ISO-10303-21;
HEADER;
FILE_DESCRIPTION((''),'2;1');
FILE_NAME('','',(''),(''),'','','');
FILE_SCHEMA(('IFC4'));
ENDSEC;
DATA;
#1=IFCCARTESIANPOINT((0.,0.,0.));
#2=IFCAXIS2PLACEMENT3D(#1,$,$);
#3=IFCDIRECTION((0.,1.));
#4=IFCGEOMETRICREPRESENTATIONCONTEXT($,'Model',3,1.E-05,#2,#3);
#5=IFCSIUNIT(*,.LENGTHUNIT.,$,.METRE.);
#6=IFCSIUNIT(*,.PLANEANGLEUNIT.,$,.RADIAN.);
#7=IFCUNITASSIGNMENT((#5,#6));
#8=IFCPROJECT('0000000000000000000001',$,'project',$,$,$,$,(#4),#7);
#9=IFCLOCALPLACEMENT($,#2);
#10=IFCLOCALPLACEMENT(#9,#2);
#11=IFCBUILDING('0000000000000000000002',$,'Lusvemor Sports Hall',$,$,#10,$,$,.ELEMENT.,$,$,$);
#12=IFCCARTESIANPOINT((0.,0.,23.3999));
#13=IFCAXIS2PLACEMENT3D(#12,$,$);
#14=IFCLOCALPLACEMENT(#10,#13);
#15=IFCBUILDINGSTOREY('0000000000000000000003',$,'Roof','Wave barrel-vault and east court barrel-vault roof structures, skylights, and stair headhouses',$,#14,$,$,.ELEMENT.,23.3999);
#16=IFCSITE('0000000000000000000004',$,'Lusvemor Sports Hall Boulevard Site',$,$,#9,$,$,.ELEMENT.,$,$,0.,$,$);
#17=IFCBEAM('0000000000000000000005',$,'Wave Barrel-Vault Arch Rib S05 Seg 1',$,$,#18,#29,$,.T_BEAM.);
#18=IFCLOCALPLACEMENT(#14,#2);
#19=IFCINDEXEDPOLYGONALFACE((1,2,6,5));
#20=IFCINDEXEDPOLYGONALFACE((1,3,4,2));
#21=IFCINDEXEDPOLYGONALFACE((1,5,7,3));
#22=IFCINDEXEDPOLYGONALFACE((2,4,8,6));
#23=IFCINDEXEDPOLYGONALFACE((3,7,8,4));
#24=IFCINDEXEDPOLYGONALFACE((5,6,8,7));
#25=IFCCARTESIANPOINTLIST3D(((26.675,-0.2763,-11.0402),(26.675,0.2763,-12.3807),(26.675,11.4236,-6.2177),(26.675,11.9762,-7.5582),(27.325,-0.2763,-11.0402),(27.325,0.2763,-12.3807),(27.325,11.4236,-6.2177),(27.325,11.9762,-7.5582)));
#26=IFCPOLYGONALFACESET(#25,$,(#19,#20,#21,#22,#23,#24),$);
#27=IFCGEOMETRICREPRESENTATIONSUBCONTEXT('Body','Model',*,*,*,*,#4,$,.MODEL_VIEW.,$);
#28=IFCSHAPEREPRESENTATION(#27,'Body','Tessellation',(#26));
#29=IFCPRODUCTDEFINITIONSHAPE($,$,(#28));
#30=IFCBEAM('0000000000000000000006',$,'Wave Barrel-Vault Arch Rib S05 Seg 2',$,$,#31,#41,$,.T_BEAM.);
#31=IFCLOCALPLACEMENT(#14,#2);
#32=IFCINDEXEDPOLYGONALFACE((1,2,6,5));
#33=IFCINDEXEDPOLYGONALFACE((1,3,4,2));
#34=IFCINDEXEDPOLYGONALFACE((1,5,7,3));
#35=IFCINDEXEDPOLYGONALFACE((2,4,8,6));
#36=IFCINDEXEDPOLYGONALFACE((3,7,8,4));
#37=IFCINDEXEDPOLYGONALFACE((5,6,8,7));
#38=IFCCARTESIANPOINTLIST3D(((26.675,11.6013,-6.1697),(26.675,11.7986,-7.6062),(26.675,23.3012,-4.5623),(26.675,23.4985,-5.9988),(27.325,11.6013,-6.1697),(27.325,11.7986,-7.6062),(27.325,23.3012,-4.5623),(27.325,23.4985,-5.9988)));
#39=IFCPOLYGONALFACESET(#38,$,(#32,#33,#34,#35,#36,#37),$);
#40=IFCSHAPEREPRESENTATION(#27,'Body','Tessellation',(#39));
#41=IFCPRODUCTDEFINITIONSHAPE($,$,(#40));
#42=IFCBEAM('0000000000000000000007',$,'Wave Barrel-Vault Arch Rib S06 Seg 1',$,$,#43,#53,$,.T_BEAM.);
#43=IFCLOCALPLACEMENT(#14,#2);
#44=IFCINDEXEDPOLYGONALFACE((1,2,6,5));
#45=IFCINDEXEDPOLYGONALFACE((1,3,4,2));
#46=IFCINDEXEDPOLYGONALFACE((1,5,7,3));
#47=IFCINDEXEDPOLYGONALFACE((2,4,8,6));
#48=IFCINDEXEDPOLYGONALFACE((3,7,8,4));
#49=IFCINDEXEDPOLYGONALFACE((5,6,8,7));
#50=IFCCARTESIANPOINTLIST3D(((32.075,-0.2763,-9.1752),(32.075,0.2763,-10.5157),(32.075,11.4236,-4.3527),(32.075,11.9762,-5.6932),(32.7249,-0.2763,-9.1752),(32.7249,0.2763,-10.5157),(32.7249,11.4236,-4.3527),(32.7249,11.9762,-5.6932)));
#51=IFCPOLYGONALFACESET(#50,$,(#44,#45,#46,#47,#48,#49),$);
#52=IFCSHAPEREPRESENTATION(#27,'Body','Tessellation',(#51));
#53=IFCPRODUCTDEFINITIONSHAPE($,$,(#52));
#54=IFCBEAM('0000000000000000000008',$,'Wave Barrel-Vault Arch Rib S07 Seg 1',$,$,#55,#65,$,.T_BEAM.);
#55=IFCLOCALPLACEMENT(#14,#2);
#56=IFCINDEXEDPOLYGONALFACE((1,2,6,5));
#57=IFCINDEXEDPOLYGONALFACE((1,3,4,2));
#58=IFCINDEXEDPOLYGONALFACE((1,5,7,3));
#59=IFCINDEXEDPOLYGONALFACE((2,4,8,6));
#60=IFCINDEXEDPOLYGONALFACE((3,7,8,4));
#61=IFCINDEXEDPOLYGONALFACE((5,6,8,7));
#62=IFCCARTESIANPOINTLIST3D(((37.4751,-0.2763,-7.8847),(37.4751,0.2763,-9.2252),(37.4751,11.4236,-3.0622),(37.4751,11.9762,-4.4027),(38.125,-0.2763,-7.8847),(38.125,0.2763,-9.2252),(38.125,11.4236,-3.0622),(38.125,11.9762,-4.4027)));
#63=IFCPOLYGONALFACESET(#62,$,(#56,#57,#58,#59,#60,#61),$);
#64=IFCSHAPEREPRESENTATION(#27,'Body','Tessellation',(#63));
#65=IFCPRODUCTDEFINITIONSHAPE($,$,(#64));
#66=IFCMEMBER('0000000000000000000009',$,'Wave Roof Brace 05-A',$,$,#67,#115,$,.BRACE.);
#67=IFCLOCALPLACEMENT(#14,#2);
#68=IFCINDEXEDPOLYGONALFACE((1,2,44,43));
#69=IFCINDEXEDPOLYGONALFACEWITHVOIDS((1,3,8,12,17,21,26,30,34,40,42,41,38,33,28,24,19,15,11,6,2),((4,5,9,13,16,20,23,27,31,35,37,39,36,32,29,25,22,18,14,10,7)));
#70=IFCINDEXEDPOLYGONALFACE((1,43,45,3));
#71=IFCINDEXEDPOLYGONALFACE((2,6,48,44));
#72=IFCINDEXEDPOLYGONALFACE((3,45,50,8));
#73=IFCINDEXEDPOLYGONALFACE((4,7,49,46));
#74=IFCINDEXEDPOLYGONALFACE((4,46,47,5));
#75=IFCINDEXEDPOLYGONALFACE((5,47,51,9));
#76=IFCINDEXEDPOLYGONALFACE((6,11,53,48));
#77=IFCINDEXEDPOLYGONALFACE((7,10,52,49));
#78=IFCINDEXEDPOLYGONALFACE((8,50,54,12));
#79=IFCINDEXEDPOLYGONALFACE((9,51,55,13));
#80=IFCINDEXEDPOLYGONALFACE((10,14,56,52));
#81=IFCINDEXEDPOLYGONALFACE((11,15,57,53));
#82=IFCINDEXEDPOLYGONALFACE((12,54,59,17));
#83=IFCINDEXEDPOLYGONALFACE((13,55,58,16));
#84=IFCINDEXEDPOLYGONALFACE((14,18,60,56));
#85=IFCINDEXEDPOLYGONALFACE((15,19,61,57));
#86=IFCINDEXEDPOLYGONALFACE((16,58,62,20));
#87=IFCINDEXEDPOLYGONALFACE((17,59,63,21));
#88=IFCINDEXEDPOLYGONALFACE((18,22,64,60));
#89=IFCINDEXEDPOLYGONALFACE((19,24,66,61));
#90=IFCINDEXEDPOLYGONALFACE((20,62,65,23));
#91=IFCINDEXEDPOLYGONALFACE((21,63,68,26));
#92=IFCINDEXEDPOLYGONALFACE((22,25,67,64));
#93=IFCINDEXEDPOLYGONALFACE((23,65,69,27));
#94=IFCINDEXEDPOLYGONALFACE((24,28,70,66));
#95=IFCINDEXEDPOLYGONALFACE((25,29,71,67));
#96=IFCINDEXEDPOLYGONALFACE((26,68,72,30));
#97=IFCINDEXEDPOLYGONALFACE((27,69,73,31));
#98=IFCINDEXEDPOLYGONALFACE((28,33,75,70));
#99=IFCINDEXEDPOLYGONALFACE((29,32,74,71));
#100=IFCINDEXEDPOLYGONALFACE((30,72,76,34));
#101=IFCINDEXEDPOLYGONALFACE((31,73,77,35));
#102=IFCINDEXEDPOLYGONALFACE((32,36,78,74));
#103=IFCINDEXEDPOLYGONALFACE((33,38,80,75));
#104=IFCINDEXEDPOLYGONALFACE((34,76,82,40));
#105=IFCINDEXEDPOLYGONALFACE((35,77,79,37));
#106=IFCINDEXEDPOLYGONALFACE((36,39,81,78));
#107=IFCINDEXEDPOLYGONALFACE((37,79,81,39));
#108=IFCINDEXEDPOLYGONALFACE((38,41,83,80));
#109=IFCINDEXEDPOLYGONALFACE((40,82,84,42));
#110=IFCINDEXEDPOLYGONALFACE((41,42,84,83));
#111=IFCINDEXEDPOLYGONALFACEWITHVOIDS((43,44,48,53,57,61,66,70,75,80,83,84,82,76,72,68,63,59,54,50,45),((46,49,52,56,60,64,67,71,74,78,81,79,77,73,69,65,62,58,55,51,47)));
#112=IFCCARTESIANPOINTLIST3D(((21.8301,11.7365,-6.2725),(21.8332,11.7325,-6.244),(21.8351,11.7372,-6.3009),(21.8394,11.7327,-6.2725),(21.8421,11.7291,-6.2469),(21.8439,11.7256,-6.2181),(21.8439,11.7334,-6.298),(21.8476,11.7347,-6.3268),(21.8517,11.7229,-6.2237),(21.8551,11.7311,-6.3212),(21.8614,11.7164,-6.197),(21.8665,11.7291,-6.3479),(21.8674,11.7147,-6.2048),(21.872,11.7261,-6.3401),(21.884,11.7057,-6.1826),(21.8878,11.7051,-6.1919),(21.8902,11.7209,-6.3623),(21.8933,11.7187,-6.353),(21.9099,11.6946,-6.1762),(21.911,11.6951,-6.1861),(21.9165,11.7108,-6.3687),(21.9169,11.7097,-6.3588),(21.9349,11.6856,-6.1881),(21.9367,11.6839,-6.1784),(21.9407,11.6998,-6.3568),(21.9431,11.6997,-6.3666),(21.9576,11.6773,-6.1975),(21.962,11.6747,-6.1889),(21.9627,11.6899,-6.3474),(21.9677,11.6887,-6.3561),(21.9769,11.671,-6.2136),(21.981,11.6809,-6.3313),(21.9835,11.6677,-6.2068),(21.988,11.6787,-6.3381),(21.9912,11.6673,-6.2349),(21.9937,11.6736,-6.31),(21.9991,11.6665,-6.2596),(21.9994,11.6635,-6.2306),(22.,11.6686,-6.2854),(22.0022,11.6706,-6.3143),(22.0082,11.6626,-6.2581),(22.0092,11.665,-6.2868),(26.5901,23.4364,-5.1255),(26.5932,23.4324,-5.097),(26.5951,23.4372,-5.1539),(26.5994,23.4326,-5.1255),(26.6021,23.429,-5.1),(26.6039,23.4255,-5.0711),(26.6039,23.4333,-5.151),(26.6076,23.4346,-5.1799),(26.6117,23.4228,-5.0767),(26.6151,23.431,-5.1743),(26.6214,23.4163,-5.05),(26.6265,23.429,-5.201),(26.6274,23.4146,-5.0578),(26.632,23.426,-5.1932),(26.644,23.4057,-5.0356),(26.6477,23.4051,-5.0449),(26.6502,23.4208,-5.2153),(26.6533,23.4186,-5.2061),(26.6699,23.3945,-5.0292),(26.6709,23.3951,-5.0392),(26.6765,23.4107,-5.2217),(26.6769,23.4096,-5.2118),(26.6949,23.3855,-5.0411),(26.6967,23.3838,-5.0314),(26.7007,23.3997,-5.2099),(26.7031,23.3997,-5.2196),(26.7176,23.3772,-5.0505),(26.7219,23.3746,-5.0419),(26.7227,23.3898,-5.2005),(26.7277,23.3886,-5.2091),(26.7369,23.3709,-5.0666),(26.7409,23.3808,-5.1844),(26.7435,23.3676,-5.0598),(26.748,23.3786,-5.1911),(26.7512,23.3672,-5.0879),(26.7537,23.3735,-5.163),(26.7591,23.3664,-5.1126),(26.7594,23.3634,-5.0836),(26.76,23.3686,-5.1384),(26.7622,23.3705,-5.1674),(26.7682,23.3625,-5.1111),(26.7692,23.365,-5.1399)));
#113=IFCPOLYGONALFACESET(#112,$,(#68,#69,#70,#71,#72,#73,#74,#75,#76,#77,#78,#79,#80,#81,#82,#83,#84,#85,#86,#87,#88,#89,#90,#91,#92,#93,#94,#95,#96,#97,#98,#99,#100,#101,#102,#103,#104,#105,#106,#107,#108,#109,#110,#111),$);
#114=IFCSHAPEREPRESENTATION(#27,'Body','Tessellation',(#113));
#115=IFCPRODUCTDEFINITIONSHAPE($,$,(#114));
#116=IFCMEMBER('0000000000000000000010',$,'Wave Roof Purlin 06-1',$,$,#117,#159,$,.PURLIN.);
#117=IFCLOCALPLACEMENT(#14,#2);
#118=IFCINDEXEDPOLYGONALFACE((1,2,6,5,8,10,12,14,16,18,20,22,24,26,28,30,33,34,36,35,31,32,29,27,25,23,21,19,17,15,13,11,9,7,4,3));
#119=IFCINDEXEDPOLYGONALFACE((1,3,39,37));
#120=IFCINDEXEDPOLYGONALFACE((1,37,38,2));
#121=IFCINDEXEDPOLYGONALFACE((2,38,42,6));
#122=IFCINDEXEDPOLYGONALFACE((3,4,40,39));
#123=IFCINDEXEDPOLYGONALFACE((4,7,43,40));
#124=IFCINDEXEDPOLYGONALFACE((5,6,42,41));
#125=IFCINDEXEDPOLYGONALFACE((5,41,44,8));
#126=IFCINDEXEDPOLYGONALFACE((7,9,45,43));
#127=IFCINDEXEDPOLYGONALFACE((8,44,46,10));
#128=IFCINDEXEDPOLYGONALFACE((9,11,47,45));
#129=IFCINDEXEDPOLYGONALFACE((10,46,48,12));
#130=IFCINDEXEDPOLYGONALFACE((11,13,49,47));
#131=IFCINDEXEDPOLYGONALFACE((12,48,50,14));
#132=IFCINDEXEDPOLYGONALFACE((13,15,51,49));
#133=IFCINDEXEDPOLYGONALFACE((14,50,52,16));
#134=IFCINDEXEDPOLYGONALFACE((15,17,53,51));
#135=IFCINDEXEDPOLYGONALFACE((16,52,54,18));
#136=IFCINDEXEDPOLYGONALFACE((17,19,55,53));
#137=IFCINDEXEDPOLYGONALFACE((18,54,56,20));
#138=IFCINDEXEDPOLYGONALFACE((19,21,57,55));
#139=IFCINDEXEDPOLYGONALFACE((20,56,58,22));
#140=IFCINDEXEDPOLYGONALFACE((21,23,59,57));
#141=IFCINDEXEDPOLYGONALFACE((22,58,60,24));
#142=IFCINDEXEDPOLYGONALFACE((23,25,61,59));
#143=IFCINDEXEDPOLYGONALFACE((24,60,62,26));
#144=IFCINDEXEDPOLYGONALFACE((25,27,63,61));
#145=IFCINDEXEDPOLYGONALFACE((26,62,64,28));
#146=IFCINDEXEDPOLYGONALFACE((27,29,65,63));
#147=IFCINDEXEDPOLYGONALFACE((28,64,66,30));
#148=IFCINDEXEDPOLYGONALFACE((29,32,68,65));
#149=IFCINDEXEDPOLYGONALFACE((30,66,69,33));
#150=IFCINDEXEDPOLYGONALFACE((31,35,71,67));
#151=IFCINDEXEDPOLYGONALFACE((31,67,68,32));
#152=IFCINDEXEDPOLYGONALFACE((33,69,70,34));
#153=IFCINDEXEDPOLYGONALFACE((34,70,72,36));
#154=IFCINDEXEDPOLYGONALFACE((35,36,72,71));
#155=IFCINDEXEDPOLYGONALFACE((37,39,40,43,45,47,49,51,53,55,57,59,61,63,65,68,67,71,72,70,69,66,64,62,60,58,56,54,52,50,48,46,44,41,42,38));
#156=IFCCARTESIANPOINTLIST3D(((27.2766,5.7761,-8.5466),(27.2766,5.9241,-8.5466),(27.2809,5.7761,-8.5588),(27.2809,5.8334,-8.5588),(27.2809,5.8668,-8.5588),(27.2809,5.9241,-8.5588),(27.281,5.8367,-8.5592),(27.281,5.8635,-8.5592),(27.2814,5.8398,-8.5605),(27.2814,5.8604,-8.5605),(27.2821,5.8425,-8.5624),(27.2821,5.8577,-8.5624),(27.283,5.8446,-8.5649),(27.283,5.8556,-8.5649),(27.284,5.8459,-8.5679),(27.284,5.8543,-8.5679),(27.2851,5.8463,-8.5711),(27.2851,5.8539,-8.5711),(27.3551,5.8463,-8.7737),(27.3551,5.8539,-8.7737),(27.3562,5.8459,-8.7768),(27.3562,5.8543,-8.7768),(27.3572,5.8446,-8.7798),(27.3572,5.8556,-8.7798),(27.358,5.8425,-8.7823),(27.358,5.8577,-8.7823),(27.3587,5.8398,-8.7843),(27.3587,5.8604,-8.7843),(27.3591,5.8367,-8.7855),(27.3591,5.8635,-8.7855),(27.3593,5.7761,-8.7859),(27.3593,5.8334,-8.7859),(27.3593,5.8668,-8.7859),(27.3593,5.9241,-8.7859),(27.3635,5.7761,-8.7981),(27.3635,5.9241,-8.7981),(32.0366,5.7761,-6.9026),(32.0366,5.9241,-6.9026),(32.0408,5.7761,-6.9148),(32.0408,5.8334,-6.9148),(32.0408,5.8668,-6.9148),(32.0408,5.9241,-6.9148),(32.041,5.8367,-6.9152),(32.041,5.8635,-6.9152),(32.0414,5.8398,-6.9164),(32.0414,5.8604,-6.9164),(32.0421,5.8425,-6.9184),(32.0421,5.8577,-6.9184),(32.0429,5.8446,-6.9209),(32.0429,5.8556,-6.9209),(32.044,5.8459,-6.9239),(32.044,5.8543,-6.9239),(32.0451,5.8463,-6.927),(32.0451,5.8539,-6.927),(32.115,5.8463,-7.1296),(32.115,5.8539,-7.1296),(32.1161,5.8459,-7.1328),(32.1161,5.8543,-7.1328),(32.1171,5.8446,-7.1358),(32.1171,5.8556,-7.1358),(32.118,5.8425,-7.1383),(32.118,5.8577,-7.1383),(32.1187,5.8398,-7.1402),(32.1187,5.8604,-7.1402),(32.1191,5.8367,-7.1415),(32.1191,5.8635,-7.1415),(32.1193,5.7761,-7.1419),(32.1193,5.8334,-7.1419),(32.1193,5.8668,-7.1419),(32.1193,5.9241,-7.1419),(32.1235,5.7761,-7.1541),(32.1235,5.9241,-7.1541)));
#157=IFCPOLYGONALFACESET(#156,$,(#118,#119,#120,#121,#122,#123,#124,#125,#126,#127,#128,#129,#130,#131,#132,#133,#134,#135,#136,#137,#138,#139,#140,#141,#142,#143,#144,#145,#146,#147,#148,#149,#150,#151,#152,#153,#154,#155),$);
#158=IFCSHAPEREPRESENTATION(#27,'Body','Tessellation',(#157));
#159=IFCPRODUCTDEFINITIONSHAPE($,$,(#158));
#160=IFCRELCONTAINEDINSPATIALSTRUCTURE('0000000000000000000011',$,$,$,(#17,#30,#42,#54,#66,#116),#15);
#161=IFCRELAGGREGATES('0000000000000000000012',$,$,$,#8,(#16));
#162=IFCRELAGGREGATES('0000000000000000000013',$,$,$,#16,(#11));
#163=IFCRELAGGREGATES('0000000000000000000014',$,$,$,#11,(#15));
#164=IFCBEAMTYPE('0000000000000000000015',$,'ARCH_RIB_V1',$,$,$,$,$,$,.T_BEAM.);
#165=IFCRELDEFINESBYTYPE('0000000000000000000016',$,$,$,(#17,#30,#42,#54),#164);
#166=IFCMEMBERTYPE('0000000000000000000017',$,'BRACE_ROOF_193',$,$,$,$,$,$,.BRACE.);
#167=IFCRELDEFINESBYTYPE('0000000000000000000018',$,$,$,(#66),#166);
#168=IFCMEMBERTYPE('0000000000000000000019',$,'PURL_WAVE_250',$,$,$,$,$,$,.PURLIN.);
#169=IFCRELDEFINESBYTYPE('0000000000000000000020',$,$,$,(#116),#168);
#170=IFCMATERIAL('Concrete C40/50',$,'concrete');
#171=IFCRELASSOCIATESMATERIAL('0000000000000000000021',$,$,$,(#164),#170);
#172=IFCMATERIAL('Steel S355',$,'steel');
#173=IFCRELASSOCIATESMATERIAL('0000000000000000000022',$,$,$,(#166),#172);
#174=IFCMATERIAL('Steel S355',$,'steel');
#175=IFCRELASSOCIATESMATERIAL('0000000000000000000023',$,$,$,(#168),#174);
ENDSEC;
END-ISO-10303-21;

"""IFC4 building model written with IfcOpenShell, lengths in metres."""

from ifc_helpers import new_model, si_unit, direction, frame, origin, origin_2d, place, context, subcontext, project, spatial, rectangle, hollow_circle, i_section, extrude, material, material_profile, profile_set, type_object, element, save


model = new_model("IFC4")

# Units and contexts
model_context = context("Model", 3, precision=1e-05, world=origin(), true_north=direction((0.0, 1.0)))
body_context = subcontext(model_context, "Body", "Model", "MODEL_VIEW")
ifc_project = project(units=[si_unit("LENGTHUNIT", "METRE"), si_unit("PLANEANGLEUNIT", "RADIAN")], contexts=[model_context])

# Site, building, storey
site_placement = place(None, origin())
site = spatial("IfcSite", under=ifc_project, at=site_placement, Name="Lusvemor Sports Hall Boulevard Site", CompositionType="ELEMENT", RefElevation=0.0)
building_placement = place(site_placement, origin())
building = spatial("IfcBuilding", under=site, at=building_placement, Name="Lusvemor Sports Hall", CompositionType="ELEMENT")
storey_placement = place(building_placement, frame((0.0, 0.0, 23.3999)))
storey = spatial("IfcBuildingStorey", under=building, at=storey_placement, Name="Roof", Description="Wave barrel-vault and east court barrel-vault roof structures, skylights, and stair headhouses", CompositionType="ELEMENT", Elevation=23.3999)

# Beams
ifc_material_1 = material(Name="Concrete C40/50", Category="concrete")
ifc_material_profile_1 = material_profile(ifc_material_1, rectangle(XDim=0.6499, YDim=1.45, at=origin_2d()), Name="RC650x1450")
ifc_profile_set_1 = profile_set([ifc_material_profile_1], Name="Concrete C40/50")
beam_type_1 = type_object("IfcBeamType", Name="ARCH_RIB_V1", PredefinedType="T_BEAM", material=ifc_profile_set_1)
beam_1_placement = place(storey_placement, frame((27.0, 0.0, -11.7104), z_axis=(0.0, 0.924542, 0.38108), x_axis=(-1.0, 0.0, 0.0)))
element("IfcBeam", 1, at=beam_1_placement, inside=storey, type_object=beam_type_1, Name="Wave Barrel-Vault Arch Rib S05 Seg 1", PredefinedType="T_BEAM", context=body_context, shape_type="SweptSolid", body=[
    extrude(rectangle(XDim=0.6499, YDim=1.45, at=origin_2d()), origin(), (0.0, 0.0, 1.0), 12.6548),
])
beam_2_placement = place(storey_placement, frame((27.0, 11.7, -6.8879), z_axis=(0.0, 0.990694, 0.136109), x_axis=(-1.0, 0.0, 0.0)))
element("IfcBeam", 2, at=beam_2_placement, inside=storey, type_object=beam_type_1, Name="Wave Barrel-Vault Arch Rib S05 Seg 2", PredefinedType="T_BEAM", context=body_context, shape_type="SweptSolid", body=[
    extrude(rectangle(XDim=0.6499, YDim=1.45, at=origin_2d()), origin(), (0.0, 0.0, 1.0), 11.8098),
])
for number, where, z_axis, x_axis, name in (
    (3, (32.3999, 0.0, -9.8455), (0.0, 0.924542, 0.38108), (-1.0, 0.0, 0.0), "Wave Barrel-Vault Arch Rib S06 Seg 1"),
    (4, (37.8, 0.0, -8.5549), (0.0, 0.924542, 0.38108), (-1.0, 0.0, 0.0), "Wave Barrel-Vault Arch Rib S07 Seg 1"),
):
    element("IfcBeam", number, at=place(storey_placement, frame(where, z_axis=z_axis, x_axis=x_axis)), inside=storey, type_object=beam_type_1, Name=name, PredefinedType="T_BEAM", context=body_context, shape_type="SweptSolid", body=[
        extrude(rectangle(XDim=0.6499, YDim=1.45, at=origin_2d()), origin(), (0.0, 0.0, 1.0), 12.6548),
    ])

# Members
ifc_material_2 = material(Name="Steel S355", Category="steel")
ifc_material_profile_2 = material_profile(ifc_material_2, hollow_circle(Radius=0.0969, WallThickness=0.01, at=origin_2d()), Name="CHS193.7x10.0")
ifc_profile_set_2 = profile_set([ifc_material_profile_2], Name="Steel S355")
member_type_1 = type_object("IfcMemberType", Name="BRACE_ROOF_193", PredefinedType="BRACE", material=ifc_profile_set_2)
member_1_placement = place(storey_placement, frame((21.9199, 11.7, -6.2725), z_axis=(0.375302, 0.92248, 0.090433), x_axis=(-0.926276, 0.376846, 0.0)))
element("IfcMember", 5, at=member_1_placement, inside=storey, type_object=member_type_1, Name="Wave Roof Brace 05-A", PredefinedType="BRACE", context=body_context, shape_type="SweptSolid", body=[
    extrude(hollow_circle(Radius=0.0969, WallThickness=0.01, at=origin_2d()), origin(), (0.0, 0.0, 1.0), 12.6831),
])
ifc_material_3 = material(Name="Steel S355", Category="steel")
ifc_material_profile_3 = material_profile(ifc_material_3, i_section(OverallWidth=0.1479, OverallDepth=0.2661, WebThickness=0.0076, FlangeThickness=0.0129, FilletRadius=0.0129, at=origin_2d()), Name="W250x44.8")
ifc_profile_set_3 = profile_set([ifc_material_profile_3], Name="Steel S355")
member_type_2 = type_object("IfcMemberType", Name="PURL_WAVE_250", PredefinedType="PURLIN", material=ifc_profile_set_3)
member_2_placement = place(storey_placement, frame((27.3201, 5.8501, -8.6724), z_axis=(0.94521, 0.0, 0.326463), x_axis=(0.0, 1.0, 0.0)))
element("IfcMember", 6, at=member_2_placement, inside=storey, type_object=member_type_2, Name="Wave Roof Purlin 06-1", PredefinedType="PURLIN", context=body_context, shape_type="SweptSolid", body=[
    extrude(i_section(OverallWidth=0.1479, OverallDepth=0.2661, WebThickness=0.0076, FlangeThickness=0.0129, FilletRadius=0.0129, at=origin_2d()), origin(), (0.0, 0.0, 1.0), 5.0359),
])

save(model, "model.ifc")
